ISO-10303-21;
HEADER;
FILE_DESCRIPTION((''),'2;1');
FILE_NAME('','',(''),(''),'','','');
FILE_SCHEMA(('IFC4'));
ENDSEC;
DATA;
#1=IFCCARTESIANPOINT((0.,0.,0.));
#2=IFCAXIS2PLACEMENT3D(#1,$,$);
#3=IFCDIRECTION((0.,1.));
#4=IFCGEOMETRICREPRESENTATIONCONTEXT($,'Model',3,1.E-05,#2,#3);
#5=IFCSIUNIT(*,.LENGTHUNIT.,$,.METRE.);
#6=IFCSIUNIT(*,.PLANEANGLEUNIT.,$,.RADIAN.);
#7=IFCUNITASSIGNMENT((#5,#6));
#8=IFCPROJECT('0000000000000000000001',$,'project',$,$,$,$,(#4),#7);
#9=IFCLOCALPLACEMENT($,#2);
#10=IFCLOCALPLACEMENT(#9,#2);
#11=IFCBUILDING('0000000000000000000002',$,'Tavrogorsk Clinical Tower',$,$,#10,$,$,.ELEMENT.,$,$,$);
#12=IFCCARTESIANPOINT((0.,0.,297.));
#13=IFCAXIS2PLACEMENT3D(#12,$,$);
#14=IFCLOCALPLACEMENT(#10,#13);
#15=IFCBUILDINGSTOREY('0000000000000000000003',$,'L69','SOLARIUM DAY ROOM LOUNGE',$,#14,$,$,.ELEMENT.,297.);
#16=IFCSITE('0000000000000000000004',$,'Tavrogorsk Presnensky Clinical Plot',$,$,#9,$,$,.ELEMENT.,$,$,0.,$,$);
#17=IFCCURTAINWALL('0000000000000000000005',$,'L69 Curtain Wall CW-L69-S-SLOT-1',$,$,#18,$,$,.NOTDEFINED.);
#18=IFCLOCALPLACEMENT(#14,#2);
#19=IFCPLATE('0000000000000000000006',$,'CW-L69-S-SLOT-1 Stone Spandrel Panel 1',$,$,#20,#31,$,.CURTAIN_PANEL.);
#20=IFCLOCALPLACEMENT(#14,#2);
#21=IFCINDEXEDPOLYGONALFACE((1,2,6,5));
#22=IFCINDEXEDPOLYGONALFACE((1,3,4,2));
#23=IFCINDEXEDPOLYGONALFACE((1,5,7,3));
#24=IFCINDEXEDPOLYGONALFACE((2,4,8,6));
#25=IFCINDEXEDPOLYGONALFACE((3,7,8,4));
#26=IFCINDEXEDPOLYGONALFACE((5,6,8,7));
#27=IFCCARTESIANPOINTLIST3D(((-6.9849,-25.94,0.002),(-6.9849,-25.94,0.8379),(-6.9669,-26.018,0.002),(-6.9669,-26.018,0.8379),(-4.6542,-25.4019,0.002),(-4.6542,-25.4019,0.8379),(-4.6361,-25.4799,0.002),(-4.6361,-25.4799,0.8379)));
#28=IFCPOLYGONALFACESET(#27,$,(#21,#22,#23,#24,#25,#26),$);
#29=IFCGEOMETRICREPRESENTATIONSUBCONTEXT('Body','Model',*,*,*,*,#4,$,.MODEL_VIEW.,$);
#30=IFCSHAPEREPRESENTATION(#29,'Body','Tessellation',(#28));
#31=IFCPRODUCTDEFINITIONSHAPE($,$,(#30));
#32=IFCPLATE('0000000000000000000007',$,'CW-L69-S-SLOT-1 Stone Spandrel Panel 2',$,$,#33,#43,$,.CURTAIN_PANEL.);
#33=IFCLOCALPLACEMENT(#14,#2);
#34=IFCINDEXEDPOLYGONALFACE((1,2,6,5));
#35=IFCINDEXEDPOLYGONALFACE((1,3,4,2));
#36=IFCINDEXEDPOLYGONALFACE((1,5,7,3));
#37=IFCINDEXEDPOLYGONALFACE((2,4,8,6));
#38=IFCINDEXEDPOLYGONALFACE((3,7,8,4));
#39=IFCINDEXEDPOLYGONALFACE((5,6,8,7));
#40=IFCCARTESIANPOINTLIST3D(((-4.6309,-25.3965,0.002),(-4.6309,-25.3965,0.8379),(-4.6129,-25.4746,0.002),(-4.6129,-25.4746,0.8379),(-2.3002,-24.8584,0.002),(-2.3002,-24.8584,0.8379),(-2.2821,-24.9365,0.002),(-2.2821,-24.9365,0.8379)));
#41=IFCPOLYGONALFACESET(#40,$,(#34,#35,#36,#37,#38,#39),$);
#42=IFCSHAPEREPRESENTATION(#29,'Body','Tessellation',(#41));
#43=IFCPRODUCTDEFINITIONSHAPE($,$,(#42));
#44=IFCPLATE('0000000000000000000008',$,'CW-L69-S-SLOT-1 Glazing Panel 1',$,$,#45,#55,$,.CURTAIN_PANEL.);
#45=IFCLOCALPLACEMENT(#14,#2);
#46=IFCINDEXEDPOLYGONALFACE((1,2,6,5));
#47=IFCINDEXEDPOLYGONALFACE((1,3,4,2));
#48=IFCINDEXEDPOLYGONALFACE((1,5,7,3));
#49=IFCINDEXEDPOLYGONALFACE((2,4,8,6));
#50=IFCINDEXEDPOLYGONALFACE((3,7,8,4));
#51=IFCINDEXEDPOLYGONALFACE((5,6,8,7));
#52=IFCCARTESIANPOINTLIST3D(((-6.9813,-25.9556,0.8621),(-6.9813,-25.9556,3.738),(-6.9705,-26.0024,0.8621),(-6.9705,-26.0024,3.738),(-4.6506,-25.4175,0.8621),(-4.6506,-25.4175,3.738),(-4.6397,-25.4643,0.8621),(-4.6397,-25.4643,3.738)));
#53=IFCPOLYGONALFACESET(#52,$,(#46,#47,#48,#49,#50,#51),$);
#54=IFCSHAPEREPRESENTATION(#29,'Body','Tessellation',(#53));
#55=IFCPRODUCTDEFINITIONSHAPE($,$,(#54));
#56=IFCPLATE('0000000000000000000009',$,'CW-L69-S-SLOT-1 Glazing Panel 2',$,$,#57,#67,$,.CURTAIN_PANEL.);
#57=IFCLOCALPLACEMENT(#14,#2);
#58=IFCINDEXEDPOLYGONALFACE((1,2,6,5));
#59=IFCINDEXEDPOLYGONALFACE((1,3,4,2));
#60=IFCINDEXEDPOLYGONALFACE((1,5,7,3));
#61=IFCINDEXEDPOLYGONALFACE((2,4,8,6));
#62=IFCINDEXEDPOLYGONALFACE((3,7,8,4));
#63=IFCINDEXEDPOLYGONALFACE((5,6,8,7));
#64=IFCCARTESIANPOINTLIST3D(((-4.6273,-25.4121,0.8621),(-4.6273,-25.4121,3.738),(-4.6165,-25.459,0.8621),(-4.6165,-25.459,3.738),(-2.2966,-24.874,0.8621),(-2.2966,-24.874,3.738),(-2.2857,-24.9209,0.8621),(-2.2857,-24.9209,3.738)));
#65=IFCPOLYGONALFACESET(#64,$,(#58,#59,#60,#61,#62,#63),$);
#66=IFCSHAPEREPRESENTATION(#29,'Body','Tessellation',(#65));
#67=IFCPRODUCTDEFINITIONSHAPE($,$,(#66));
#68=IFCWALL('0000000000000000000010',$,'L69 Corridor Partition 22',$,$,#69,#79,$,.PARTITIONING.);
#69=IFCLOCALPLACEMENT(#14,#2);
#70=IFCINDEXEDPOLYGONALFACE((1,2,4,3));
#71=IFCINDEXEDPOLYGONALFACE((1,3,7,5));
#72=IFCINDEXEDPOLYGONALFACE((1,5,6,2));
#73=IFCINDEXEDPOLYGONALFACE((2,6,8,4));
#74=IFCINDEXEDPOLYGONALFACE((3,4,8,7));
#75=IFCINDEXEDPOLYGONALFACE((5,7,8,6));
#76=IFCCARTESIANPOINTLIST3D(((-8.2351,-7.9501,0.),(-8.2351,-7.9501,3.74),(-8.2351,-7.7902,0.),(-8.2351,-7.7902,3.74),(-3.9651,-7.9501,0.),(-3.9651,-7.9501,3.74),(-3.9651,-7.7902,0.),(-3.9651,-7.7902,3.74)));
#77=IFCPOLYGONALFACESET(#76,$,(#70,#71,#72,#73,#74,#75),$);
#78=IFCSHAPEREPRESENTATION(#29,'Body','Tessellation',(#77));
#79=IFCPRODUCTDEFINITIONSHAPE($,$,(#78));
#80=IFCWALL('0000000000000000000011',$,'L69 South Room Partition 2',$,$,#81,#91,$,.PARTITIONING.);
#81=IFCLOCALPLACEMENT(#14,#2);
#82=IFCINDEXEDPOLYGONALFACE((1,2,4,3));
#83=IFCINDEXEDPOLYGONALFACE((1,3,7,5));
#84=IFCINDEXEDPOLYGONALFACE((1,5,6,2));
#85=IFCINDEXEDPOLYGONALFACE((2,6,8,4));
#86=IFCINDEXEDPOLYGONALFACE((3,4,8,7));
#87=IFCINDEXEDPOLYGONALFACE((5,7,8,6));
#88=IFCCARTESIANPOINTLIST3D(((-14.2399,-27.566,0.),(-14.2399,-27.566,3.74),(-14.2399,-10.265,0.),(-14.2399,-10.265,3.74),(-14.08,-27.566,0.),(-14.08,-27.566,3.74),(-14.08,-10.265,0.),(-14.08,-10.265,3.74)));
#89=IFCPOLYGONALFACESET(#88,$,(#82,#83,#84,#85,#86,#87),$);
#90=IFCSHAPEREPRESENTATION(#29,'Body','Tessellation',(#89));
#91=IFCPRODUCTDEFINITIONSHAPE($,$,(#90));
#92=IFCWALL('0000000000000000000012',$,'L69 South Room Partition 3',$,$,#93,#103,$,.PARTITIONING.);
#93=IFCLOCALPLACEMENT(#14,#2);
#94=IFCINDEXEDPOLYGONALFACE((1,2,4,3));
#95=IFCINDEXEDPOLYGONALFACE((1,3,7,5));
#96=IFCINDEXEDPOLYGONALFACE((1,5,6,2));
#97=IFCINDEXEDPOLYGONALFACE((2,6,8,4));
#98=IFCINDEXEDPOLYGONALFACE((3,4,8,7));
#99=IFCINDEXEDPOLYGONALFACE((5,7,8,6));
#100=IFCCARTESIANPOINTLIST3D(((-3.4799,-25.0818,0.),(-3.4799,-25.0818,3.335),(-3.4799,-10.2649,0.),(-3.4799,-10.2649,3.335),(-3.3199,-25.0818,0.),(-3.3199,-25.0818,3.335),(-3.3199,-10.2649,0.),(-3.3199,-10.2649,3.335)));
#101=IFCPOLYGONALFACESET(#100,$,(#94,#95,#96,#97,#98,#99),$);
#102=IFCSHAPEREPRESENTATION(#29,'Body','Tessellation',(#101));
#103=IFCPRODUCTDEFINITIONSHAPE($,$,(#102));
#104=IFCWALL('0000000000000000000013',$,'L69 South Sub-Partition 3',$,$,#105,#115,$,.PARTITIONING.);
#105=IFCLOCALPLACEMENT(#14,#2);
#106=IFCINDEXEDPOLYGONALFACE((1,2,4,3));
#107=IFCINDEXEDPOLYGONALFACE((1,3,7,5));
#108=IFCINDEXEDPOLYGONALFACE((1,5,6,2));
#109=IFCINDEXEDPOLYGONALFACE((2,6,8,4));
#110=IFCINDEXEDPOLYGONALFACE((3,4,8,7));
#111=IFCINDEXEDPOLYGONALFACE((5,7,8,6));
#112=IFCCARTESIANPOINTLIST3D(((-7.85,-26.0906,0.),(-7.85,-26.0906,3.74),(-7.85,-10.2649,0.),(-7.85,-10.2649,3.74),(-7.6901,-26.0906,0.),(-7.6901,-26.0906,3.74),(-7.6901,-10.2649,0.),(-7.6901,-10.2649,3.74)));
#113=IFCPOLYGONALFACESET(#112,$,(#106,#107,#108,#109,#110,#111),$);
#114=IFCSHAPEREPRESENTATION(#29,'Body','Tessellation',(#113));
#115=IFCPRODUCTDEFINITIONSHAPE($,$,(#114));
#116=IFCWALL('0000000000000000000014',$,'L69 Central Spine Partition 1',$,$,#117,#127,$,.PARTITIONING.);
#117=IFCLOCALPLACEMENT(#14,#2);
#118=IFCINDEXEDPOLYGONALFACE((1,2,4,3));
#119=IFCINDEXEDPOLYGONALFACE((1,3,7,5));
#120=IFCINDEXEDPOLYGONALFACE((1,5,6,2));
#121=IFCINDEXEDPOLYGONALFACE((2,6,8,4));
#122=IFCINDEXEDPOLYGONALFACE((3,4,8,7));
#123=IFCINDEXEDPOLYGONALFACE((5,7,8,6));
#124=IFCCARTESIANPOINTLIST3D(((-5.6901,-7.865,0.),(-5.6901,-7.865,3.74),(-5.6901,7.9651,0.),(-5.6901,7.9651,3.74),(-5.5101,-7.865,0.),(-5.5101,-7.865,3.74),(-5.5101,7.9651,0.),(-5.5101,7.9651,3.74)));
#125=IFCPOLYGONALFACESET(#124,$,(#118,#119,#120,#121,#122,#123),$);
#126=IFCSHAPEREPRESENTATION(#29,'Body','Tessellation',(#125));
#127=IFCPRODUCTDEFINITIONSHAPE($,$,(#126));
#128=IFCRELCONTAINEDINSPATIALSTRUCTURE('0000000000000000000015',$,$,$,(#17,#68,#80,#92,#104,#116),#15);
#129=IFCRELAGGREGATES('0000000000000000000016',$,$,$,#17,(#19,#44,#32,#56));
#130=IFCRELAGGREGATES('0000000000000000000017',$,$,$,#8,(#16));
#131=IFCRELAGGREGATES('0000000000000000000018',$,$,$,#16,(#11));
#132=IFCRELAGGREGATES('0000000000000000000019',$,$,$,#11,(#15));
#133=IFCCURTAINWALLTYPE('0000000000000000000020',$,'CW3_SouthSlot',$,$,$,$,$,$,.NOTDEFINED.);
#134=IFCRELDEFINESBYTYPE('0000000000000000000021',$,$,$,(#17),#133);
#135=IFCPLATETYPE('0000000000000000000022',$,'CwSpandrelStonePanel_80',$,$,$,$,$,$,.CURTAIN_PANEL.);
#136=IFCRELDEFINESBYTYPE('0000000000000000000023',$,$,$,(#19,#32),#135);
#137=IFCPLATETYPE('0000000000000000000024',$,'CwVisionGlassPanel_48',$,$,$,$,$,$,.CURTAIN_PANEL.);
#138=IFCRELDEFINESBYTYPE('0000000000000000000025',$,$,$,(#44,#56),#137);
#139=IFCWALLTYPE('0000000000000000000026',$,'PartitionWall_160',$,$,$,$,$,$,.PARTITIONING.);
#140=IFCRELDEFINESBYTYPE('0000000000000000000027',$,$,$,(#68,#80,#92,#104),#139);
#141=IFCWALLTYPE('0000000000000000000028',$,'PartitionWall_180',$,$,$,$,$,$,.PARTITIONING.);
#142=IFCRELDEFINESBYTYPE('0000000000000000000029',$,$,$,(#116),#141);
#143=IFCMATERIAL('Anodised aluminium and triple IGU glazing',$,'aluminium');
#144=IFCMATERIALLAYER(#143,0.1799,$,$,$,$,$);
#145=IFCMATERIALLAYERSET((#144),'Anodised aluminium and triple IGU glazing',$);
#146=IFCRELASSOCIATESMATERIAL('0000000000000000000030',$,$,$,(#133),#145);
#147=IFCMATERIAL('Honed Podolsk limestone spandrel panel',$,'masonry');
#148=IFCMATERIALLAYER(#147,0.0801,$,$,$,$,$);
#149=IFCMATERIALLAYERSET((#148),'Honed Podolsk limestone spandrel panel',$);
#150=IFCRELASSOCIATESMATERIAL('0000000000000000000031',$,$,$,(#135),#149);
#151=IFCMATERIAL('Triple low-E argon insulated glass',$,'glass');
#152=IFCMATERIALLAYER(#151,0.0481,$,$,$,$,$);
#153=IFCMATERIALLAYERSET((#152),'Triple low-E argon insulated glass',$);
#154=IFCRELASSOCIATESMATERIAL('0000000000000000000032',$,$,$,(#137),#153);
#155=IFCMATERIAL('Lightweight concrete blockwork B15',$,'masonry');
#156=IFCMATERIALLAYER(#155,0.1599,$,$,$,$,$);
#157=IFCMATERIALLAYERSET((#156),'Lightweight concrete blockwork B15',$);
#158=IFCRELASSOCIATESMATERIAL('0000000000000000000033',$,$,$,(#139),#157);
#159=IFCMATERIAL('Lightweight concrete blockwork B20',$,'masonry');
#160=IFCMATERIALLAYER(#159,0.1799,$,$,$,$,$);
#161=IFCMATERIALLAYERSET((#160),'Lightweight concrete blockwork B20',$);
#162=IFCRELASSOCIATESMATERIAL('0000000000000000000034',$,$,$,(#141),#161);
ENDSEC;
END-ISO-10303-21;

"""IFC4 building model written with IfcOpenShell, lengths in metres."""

from ifc_helpers import new_model, si_unit, direction, frame, frame_2d, origin, origin_2d, place, context, subcontext, project, spatial, rectangle, extrude, material, layer, layer_set, type_object, element, aggregate, save


model = new_model("IFC4")

# Units and contexts
model_context = context("Model", 3, precision=1e-05, world=origin(), true_north=direction((0.0, 1.0)))
body_context = subcontext(model_context, "Body", "Model", "MODEL_VIEW")
ifc_project = project(units=[si_unit("LENGTHUNIT", "METRE"), si_unit("PLANEANGLEUNIT", "RADIAN")], contexts=[model_context])

# Site, building, storey
site_placement = place(None, origin())
site = spatial("IfcSite", under=ifc_project, at=site_placement, Name="Tavrogorsk Presnensky Clinical Plot", CompositionType="ELEMENT", RefElevation=0.0)
building_placement = place(site_placement, origin())
building = spatial("IfcBuilding", under=site, at=building_placement, Name="Tavrogorsk Clinical Tower", CompositionType="ELEMENT")
storey_placement = place(building_placement, frame((0.0, 0.0, 297.0)))
storey = spatial("IfcBuildingStorey", under=building, at=storey_placement, Name="L69", Description="SOLARIUM DAY ROOM LOUNGE", CompositionType="ELEMENT", Elevation=297.0)

# Curtain wall
ifc_material_1 = material(Name="Anodised aluminium and triple IGU glazing", Category="aluminium")
ifc_layer_1 = layer(ifc_material_1, 0.1799)
ifc_layer_set_1 = layer_set([ifc_layer_1], Name="Anodised aluminium and triple IGU glazing")
curtain_wall_type = type_object("IfcCurtainWallType", Name="CW3_SouthSlot", PredefinedType="NOTDEFINED", material=ifc_layer_set_1)
curtain_wall_placement = place(storey_placement, origin())
curtain_wall = element("IfcCurtainWall", 1, at=curtain_wall_placement, inside=storey, type_object=curtain_wall_type, Name="L69 Curtain Wall CW-L69-S-SLOT-1", PredefinedType="NOTDEFINED")

# Plates
ifc_material_2 = material(Name="Honed Podolsk limestone spandrel panel", Category="masonry")
ifc_layer_2 = layer(ifc_material_2, 0.0801)
ifc_layer_set_2 = layer_set([ifc_layer_2], Name="Honed Podolsk limestone spandrel panel")
plate_type_1 = type_object("IfcPlateType", Name="CwSpandrelStonePanel_80", PredefinedType="CURTAIN_PANEL", material=ifc_layer_set_2)
plate_1_placement = place(storey_placement, frame((-5.8105, -25.71, 0.002), z_axis=(0.0, 0.0, 1.0), x_axis=(0.97437, 0.224951, 0.0)))
plate_1 = element("IfcPlate", 2, at=plate_1_placement, type_object=plate_type_1, Name="CW-L69-S-SLOT-1 Stone Spandrel Panel 1", PredefinedType="CURTAIN_PANEL", context=body_context, shape_type="SweptSolid", body=[
    extrude(rectangle(XDim=2.3921, YDim=0.0801, at=origin_2d()), origin(), (0.0, 0.0, 1.0), 0.8359),
])
plate_2_placement = place(storey_placement, frame((-3.4565, -25.1665, 0.002), z_axis=(0.0, 0.0, 1.0), x_axis=(0.97437, 0.224951, 0.0)))
plate_2 = element("IfcPlate", 3, at=plate_2_placement, type_object=plate_type_1, Name="CW-L69-S-SLOT-1 Stone Spandrel Panel 2", PredefinedType="CURTAIN_PANEL", context=body_context, shape_type="SweptSolid", body=[
    extrude(rectangle(XDim=2.3921, YDim=0.0801, at=origin_2d()), origin(), (0.0, 0.0, 1.0), 0.8359),
])
ifc_material_3 = material(Name="Triple low-E argon insulated glass", Category="glass")
ifc_layer_3 = layer(ifc_material_3, 0.0481)
ifc_layer_set_3 = layer_set([ifc_layer_3], Name="Triple low-E argon insulated glass")
plate_type_2 = type_object("IfcPlateType", Name="CwVisionGlassPanel_48", PredefinedType="CURTAIN_PANEL", material=ifc_layer_set_3)
plate_3_placement = place(storey_placement, frame((-5.8105, -25.71, 0.8621), z_axis=(0.0, 0.0, 1.0), x_axis=(0.97437, 0.224951, 0.0)))
plate_3 = element("IfcPlate", 4, at=plate_3_placement, type_object=plate_type_2, Name="CW-L69-S-SLOT-1 Glazing Panel 1", PredefinedType="CURTAIN_PANEL", context=body_context, shape_type="SweptSolid", body=[
    extrude(rectangle(XDim=2.3921, YDim=0.0481, at=origin_2d()), origin(), (0.0, 0.0, 1.0), 2.876),
])
plate_4_placement = place(storey_placement, frame((-3.4565, -25.1665, 0.8621), z_axis=(0.0, 0.0, 1.0), x_axis=(0.97437, 0.224951, 0.0)))
plate_4 = element("IfcPlate", 5, at=plate_4_placement, type_object=plate_type_2, Name="CW-L69-S-SLOT-1 Glazing Panel 2", PredefinedType="CURTAIN_PANEL", context=body_context, shape_type="SweptSolid", body=[
    extrude(rectangle(XDim=2.3921, YDim=0.0481, at=origin_2d()), origin(), (0.0, 0.0, 1.0), 2.876),
])
aggregate(curtain_wall, [plate_1, plate_3, plate_2, plate_4])

# Walls
ifc_material_4 = material(Name="Lightweight concrete blockwork B15", Category="masonry")
ifc_layer_4 = layer(ifc_material_4, 0.1599)
ifc_layer_set_4 = layer_set([ifc_layer_4], Name="Lightweight concrete blockwork B15")
wall_type_1 = type_object("IfcWallType", Name="PartitionWall_160", PredefinedType="PARTITIONING", material=ifc_layer_set_4)
wall_1_placement = place(storey_placement, frame((-8.2351, -7.8701, 0.0), z_axis=(0.0, 0.0, 1.0), x_axis=(1.0, 0.0, 0.0)))
element("IfcWall", 6, at=wall_1_placement, inside=storey, type_object=wall_type_1, Name="L69 Corridor Partition 22", PredefinedType="PARTITIONING", context=body_context, shape_type="SweptSolid", body=[
    extrude(rectangle(XDim=4.27, YDim=0.1599, at=frame_2d((2.135, 0.0))), origin(), (0.0, 0.0, 1.0), 3.74),
])
wall_2_placement = place(storey_placement, frame((-14.1599, -27.5659, 0.0), z_axis=(0.0, 0.0, 1.0), x_axis=(0.0, 1.0, 0.0)))
element("IfcWall", 7, at=wall_2_placement, inside=storey, type_object=wall_type_1, Name="L69 South Room Partition 2", PredefinedType="PARTITIONING", context=body_context, shape_type="SweptSolid", body=[
    extrude(rectangle(XDim=17.301, YDim=0.1599, at=frame_2d((8.6504, 0.0))), origin(), (0.0, 0.0, 1.0), 3.74),
])
wall_3_placement = place(storey_placement, frame((-3.3999, -25.0818, 0.0), z_axis=(0.0, 0.0, 1.0), x_axis=(0.0, 1.0, 0.0)))
element("IfcWall", 8, at=wall_3_placement, inside=storey, type_object=wall_type_1, Name="L69 South Room Partition 3", PredefinedType="PARTITIONING", context=body_context, shape_type="SweptSolid", body=[
    extrude(rectangle(XDim=14.8169, YDim=0.1599, at=frame_2d((7.4084, 0.0))), origin(), (0.0, 0.0, 1.0), 3.335),
])
wall_4_placement = place(storey_placement, frame((-7.77, -26.0906, 0.0), z_axis=(0.0, 0.0, 1.0), x_axis=(0.0, 1.0, 0.0)))
element("IfcWall", 9, at=wall_4_placement, inside=storey, type_object=wall_type_1, Name="L69 South Sub-Partition 3", PredefinedType="PARTITIONING", context=body_context, shape_type="SweptSolid", body=[
    extrude(rectangle(XDim=15.8257, YDim=0.1599, at=frame_2d((7.9128, 0.0))), origin(), (0.0, 0.0, 1.0), 3.74),
])
ifc_material_5 = material(Name="Lightweight concrete blockwork B20", Category="masonry")
ifc_layer_5 = layer(ifc_material_5, 0.1799)
ifc_layer_set_5 = layer_set([ifc_layer_5], Name="Lightweight concrete blockwork B20")
wall_type_2 = type_object("IfcWallType", Name="PartitionWall_180", PredefinedType="PARTITIONING", material=ifc_layer_set_5)
wall_5_placement = place(storey_placement, frame((-5.6001, -7.865, 0.0), z_axis=(0.0, 0.0, 1.0), x_axis=(0.0, 1.0, 0.0)))
element("IfcWall", 10, at=wall_5_placement, inside=storey, type_object=wall_type_2, Name="L69 Central Spine Partition 1", PredefinedType="PARTITIONING", context=body_context, shape_type="SweptSolid", body=[
    extrude(rectangle(XDim=15.8301, YDim=0.1799, at=frame_2d((7.915, 0.0))), origin(), (0.0, 0.0, 1.0), 3.74),
])

save(model, "model.ifc")
